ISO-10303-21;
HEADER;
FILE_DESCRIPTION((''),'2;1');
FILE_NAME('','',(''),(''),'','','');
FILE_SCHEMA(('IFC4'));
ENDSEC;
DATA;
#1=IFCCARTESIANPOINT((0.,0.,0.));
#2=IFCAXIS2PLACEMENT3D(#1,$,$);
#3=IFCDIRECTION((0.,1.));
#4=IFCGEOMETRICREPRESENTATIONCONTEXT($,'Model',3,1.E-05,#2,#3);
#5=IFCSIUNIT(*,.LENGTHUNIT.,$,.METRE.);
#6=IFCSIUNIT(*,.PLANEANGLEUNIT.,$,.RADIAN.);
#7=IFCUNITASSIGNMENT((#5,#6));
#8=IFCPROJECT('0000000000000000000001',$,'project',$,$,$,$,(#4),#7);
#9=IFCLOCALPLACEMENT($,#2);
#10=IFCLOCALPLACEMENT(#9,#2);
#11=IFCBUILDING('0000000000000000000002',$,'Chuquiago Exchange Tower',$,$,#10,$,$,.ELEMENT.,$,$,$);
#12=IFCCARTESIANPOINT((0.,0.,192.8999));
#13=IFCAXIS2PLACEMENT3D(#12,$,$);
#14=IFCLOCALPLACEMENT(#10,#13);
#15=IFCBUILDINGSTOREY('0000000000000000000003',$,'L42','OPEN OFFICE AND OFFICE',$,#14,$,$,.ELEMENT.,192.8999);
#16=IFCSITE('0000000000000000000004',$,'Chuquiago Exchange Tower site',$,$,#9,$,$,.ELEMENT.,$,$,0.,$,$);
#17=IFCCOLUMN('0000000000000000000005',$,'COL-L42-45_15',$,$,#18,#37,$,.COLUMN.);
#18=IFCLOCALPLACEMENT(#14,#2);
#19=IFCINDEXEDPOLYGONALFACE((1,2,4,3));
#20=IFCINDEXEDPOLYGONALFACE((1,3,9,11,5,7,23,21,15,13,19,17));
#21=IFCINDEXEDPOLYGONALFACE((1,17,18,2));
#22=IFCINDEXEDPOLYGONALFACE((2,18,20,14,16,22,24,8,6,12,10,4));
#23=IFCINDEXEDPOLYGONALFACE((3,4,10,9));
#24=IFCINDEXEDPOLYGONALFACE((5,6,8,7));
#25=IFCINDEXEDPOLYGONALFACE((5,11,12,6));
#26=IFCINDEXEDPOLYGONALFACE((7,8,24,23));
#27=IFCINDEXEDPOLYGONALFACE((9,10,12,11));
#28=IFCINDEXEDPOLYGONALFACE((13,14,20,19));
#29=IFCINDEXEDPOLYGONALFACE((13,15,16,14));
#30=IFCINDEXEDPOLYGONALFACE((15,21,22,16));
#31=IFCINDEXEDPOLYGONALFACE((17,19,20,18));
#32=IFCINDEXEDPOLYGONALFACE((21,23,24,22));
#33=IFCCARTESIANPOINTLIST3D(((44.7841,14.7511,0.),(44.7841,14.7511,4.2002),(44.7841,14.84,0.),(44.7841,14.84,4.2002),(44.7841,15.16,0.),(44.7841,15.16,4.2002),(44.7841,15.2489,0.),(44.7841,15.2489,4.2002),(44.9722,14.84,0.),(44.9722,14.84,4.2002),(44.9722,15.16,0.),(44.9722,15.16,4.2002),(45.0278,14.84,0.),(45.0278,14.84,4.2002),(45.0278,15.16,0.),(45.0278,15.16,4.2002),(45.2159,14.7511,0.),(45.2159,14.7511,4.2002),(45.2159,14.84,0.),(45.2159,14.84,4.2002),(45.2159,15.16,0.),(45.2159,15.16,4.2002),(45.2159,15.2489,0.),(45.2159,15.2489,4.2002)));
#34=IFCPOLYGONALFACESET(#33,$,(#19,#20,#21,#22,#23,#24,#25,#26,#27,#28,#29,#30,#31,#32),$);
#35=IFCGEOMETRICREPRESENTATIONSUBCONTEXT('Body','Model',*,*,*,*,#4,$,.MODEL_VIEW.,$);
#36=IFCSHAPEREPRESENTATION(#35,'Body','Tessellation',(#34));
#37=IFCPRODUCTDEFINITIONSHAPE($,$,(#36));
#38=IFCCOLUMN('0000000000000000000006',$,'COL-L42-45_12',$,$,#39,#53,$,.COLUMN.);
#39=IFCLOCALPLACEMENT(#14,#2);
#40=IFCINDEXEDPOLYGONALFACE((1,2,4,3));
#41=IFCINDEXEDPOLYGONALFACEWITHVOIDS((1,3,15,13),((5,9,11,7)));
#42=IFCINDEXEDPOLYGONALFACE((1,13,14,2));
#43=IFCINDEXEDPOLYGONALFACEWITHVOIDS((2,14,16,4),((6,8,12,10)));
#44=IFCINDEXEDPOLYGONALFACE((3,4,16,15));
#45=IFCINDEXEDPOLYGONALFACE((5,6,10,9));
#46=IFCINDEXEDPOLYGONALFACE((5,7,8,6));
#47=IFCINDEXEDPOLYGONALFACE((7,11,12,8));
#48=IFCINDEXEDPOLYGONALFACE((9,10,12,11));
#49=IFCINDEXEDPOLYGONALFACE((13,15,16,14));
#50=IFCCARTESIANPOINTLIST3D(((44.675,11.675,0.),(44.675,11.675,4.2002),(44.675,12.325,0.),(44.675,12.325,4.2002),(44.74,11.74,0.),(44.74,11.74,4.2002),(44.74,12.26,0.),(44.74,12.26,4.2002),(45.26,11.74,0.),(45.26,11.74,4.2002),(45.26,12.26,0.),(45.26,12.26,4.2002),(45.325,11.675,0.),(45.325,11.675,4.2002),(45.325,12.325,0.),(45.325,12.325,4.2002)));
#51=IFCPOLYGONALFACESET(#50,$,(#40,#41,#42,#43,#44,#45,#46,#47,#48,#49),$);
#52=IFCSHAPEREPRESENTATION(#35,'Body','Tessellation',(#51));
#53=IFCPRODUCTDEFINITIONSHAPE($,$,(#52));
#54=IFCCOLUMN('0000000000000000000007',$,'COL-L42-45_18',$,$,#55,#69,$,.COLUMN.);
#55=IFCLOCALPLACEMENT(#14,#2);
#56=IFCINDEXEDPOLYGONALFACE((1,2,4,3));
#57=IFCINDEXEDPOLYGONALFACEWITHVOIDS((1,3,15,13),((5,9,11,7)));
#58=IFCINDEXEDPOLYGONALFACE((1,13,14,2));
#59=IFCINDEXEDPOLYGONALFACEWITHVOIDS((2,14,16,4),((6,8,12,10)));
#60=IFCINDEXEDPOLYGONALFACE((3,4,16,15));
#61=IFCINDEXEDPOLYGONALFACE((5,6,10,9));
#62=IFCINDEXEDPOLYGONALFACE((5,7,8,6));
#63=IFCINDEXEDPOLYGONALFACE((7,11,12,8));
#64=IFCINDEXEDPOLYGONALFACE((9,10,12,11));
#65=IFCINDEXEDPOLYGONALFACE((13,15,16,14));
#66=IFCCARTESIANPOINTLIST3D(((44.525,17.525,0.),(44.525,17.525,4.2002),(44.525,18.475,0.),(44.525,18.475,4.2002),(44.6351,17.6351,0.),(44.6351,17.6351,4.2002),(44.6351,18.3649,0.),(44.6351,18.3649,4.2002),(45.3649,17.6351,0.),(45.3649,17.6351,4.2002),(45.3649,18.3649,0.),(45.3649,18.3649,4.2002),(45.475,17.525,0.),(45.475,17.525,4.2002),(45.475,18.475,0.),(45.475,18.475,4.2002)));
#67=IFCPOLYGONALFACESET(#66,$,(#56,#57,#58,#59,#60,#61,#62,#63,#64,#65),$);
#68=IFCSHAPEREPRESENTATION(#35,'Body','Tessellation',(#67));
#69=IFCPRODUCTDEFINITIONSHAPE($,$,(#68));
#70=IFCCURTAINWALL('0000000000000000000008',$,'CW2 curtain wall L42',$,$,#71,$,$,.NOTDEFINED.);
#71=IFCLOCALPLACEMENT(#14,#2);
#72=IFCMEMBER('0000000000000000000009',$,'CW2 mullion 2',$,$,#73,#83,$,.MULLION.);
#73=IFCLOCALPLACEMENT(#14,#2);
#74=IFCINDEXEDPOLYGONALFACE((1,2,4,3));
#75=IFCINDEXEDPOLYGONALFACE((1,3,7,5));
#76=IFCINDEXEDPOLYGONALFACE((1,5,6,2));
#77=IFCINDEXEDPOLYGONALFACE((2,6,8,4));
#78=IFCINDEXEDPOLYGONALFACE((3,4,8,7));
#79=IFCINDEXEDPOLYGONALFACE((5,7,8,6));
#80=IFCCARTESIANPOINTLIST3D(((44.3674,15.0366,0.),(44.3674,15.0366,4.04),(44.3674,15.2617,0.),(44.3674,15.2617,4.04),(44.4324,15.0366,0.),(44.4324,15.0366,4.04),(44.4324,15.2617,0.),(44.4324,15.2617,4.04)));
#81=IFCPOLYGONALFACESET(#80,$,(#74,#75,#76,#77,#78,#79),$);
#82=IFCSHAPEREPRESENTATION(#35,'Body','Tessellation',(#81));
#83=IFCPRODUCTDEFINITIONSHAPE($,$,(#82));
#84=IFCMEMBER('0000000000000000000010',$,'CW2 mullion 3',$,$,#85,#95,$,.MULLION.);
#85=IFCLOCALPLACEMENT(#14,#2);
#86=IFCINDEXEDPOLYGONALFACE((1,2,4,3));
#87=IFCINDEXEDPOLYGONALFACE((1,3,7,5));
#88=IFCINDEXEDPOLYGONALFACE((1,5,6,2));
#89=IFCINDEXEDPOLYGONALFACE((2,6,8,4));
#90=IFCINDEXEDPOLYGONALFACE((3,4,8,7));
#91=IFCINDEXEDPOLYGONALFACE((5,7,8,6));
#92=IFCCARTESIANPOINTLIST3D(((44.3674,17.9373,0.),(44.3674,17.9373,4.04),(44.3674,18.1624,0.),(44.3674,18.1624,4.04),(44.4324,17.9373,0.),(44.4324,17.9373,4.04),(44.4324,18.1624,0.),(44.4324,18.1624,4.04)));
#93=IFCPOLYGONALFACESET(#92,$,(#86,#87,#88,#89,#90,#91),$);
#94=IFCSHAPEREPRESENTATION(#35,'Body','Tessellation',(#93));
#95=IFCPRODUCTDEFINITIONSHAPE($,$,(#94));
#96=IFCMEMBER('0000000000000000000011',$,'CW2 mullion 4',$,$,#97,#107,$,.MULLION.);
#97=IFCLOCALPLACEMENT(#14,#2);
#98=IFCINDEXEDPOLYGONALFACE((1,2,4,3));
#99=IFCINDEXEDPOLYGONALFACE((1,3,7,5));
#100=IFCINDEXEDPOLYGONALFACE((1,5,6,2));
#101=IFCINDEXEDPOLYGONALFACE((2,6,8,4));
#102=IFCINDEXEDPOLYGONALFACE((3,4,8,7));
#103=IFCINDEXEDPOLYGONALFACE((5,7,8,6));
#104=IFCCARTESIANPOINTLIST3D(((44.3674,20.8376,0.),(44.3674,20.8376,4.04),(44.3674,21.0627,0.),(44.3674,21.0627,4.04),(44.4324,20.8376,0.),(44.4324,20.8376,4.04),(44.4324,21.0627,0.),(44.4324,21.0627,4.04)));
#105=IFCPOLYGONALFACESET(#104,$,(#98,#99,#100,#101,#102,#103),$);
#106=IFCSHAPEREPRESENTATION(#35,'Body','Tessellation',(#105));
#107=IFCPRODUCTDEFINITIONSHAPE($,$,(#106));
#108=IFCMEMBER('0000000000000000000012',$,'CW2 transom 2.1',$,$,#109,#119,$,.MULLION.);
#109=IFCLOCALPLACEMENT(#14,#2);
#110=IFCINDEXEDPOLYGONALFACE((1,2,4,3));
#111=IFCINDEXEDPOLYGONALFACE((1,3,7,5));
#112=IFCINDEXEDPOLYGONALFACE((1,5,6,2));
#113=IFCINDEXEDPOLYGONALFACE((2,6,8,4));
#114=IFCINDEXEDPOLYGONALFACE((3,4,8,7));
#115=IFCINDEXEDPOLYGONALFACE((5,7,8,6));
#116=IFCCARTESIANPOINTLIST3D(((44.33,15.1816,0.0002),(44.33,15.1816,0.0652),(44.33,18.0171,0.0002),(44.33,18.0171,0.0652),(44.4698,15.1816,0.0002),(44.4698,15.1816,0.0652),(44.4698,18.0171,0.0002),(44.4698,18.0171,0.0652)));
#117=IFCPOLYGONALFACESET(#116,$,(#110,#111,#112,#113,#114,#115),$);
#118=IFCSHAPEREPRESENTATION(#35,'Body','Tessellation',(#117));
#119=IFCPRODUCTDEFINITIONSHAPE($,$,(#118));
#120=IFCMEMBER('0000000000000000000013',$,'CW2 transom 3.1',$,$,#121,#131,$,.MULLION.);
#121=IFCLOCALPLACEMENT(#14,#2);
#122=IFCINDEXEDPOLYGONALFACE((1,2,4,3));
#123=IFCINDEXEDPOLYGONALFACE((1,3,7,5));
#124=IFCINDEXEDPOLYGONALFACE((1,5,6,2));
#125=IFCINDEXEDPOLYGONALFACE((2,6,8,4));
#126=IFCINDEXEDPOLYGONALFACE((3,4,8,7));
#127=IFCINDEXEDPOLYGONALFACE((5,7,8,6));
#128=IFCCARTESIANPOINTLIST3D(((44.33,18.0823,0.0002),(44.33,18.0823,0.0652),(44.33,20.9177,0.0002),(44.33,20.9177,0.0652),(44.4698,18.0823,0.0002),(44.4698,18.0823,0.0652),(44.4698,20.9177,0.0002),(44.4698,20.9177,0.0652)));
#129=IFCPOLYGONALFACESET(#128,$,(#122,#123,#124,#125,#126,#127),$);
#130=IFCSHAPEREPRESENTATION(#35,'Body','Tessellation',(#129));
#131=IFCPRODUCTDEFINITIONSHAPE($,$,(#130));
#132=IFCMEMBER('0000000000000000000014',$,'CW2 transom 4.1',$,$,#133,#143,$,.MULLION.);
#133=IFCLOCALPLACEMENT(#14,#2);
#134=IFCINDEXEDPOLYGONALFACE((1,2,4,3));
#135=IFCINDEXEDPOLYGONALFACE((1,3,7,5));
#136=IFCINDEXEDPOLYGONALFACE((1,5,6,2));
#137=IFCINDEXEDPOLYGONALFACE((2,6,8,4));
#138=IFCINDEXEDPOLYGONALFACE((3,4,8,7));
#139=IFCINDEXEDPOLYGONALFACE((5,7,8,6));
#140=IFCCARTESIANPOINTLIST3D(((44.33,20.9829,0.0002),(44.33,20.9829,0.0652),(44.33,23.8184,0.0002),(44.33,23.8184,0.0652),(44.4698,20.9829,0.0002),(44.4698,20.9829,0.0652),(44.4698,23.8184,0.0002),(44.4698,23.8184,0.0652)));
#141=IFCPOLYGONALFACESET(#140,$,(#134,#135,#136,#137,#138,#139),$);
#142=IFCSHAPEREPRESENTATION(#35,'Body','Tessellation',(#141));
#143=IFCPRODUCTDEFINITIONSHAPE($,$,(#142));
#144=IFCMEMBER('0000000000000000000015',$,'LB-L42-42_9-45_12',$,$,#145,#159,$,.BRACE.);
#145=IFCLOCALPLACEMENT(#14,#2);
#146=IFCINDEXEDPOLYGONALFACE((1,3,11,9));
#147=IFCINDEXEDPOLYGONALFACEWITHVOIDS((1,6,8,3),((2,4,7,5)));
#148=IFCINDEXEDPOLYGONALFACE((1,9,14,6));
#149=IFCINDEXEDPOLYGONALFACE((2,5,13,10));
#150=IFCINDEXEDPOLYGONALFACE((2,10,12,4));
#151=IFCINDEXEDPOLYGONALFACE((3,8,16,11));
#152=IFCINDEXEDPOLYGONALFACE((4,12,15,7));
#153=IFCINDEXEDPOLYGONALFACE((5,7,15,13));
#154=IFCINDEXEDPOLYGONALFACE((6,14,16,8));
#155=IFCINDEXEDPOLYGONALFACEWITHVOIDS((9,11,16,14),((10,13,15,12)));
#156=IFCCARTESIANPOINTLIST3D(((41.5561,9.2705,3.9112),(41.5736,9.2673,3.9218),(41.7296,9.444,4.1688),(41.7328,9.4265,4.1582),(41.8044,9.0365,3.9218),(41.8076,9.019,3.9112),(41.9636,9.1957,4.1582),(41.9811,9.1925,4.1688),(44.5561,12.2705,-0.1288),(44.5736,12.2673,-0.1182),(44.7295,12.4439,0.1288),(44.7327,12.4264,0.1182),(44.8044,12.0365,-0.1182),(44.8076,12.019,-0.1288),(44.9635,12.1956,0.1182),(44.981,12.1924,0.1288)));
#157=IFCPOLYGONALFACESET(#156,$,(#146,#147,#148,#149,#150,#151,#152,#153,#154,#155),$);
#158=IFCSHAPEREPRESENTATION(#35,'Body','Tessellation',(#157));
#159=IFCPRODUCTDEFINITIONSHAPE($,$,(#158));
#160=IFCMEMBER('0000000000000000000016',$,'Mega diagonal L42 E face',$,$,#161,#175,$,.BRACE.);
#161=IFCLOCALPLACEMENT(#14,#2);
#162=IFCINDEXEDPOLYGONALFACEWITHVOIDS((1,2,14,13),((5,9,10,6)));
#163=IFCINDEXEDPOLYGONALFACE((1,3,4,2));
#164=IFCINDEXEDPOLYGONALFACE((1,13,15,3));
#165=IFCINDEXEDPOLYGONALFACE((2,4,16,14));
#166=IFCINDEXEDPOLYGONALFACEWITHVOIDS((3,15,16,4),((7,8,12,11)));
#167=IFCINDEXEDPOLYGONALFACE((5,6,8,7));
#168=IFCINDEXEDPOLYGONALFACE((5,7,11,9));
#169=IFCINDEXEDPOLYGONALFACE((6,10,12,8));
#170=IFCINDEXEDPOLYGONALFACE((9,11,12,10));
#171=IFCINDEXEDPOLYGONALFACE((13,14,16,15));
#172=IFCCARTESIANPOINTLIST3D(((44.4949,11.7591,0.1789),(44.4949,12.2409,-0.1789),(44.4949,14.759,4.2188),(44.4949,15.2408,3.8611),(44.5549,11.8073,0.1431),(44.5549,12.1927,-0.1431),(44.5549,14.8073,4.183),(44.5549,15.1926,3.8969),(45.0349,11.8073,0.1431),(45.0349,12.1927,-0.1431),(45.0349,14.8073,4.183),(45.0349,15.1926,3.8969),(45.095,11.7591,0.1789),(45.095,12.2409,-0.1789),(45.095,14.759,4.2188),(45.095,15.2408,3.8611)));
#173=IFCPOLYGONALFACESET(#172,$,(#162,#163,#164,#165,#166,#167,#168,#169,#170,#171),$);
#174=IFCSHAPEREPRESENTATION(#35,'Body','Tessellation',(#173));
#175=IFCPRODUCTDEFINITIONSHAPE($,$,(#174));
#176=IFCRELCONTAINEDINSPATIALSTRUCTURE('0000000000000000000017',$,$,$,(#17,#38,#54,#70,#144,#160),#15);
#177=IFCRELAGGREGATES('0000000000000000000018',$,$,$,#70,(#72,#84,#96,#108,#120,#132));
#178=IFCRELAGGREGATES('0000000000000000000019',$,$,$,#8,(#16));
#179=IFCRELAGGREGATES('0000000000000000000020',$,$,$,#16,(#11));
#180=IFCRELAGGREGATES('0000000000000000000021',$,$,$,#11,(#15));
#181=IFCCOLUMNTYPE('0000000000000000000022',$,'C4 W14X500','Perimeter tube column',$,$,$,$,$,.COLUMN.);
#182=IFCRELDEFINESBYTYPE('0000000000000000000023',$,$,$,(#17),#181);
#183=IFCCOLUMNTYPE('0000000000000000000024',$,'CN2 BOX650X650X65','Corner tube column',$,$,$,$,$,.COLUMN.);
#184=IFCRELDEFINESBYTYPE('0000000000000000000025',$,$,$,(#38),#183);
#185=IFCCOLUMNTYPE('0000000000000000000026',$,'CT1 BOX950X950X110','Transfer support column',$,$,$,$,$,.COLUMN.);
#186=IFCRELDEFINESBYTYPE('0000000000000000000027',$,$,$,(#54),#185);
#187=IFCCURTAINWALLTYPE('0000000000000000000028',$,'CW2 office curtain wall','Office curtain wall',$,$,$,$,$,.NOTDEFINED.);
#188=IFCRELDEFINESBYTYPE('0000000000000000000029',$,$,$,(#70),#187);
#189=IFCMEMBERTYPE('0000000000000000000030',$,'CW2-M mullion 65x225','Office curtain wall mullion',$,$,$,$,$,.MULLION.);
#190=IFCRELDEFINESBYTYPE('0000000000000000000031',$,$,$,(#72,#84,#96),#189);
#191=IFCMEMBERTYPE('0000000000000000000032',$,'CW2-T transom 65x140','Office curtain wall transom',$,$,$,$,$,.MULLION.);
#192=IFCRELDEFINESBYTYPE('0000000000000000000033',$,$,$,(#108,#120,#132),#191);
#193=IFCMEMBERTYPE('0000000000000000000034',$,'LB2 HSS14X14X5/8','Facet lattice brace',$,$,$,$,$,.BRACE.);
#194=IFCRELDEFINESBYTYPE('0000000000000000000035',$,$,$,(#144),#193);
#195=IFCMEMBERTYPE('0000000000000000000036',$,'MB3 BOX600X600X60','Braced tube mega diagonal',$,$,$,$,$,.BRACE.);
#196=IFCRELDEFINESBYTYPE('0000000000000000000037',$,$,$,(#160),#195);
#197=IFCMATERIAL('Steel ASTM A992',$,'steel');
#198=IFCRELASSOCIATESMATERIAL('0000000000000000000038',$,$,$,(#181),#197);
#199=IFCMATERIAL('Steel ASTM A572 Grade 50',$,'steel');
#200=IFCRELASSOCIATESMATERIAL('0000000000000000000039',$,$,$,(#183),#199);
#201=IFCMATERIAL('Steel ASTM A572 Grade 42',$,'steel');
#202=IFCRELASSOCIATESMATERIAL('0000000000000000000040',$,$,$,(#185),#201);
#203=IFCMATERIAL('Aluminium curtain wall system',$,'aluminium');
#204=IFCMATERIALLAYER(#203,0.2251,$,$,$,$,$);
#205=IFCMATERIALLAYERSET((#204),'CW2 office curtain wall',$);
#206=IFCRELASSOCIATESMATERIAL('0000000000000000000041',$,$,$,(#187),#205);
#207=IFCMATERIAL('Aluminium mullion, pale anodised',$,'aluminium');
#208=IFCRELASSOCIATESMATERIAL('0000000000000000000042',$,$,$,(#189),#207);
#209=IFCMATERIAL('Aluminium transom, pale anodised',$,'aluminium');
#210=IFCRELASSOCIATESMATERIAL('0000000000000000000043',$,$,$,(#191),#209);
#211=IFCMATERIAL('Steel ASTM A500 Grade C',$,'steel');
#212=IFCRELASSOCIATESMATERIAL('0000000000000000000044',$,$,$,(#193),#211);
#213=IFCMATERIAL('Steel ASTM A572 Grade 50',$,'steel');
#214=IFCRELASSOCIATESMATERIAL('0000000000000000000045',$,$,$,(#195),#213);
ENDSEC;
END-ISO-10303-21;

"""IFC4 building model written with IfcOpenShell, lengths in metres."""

from ifc_helpers import new_model, si_unit, direction, frame, origin, origin_2d, place, context, subcontext, project, spatial, rectangle, hollow_rectangle, i_section, extrude, material, layer, layer_set, material_profile, profile_set, type_object, element, aggregate, save


model = new_model("IFC4")

# Units and contexts
model_context = context("Model", 3, precision=1e-05, world=origin(), true_north=direction((0.0, 1.0)))
body_context = subcontext(model_context, "Body", "Model", "MODEL_VIEW")
ifc_project = project(units=[si_unit("LENGTHUNIT", "METRE"), si_unit("PLANEANGLEUNIT", "RADIAN")], contexts=[model_context])

# Site, building, storey
site_placement = place(None, origin())
site = spatial("IfcSite", under=ifc_project, at=site_placement, Name="Chuquiago Exchange Tower site", CompositionType="ELEMENT", RefElevation=0.0)
building_placement = place(site_placement, origin())
building = spatial("IfcBuilding", under=site, at=building_placement, Name="Chuquiago Exchange Tower", CompositionType="ELEMENT")
storey_placement = place(building_placement, frame((0.0, 0.0, 192.8999)))
storey = spatial("IfcBuildingStorey", under=building, at=storey_placement, Name="L42", Description="OPEN OFFICE AND OFFICE", CompositionType="ELEMENT", Elevation=192.8999)

# Columns
ifc_material_1 = material(Name="Steel ASTM A992", Category="steel")
ifc_material_profile_1 = material_profile(ifc_material_1, i_section(OverallWidth=0.4319, OverallDepth=0.4978, WebThickness=0.0557, FlangeThickness=0.0889, at=origin_2d()), Name="W14X500")
ifc_profile_set_1 = profile_set([ifc_material_profile_1], Name="Steel ASTM A992")
column_type_1 = type_object("IfcColumnType", Name="C4 W14X500", Description="Perimeter tube column", PredefinedType="COLUMN", material=ifc_profile_set_1)
column_1_placement = place(storey_placement, frame((45.0, 15.0, 0.0), z_axis=(0.0, 0.0, 1.0), x_axis=(1.0, 0.0, 0.0)))
element("IfcColumn", 1, at=column_1_placement, inside=storey, type_object=column_type_1, Name="COL-L42-45_15", PredefinedType="COLUMN", context=body_context, shape_type="SweptSolid", body=[
    extrude(i_section(OverallWidth=0.4319, OverallDepth=0.4978, WebThickness=0.0557, FlangeThickness=0.0889, at=origin_2d()), origin(), (0.0, 0.0, 1.0), 4.2002),
])
ifc_material_2 = material(Name="Steel ASTM A572 Grade 50", Category="steel")
ifc_material_profile_2 = material_profile(ifc_material_2, hollow_rectangle(XDim=0.6499, YDim=0.6499, WallThickness=0.0649, at=origin_2d()), Name="BOX650X650X65")
ifc_profile_set_2 = profile_set([ifc_material_profile_2], Name="Steel ASTM A572 Grade 50")
column_type_2 = type_object("IfcColumnType", Name="CN2 BOX650X650X65", Description="Corner tube column", PredefinedType="COLUMN", material=ifc_profile_set_2)
column_2_placement = place(storey_placement, frame((45.0, 12.0, 0.0), z_axis=(0.0, 0.0, 1.0), x_axis=(1.0, 0.0, 0.0)))
element("IfcColumn", 2, at=column_2_placement, inside=storey, type_object=column_type_2, Name="COL-L42-45_12", PredefinedType="COLUMN", context=body_context, shape_type="SweptSolid", body=[
    extrude(hollow_rectangle(XDim=0.6499, YDim=0.6499, WallThickness=0.0649, at=origin_2d()), origin(), (0.0, 0.0, 1.0), 4.2002),
])
ifc_material_3 = material(Name="Steel ASTM A572 Grade 42", Category="steel")
ifc_material_profile_3 = material_profile(ifc_material_3, hollow_rectangle(XDim=0.95, YDim=0.95, WallThickness=0.1101, at=origin_2d()), Name="BOX950X950X110")
ifc_profile_set_3 = profile_set([ifc_material_profile_3], Name="Steel ASTM A572 Grade 42")
column_type_3 = type_object("IfcColumnType", Name="CT1 BOX950X950X110", Description="Transfer support column", PredefinedType="COLUMN", material=ifc_profile_set_3)
column_3_placement = place(storey_placement, frame((45.0, 18.0, 0.0), z_axis=(0.0, 0.0, 1.0), x_axis=(1.0, 0.0, 0.0)))
element("IfcColumn", 3, at=column_3_placement, inside=storey, type_object=column_type_3, Name="COL-L42-45_18", PredefinedType="COLUMN", context=body_context, shape_type="SweptSolid", body=[
    extrude(hollow_rectangle(XDim=0.95, YDim=0.95, WallThickness=0.1101, at=origin_2d()), origin(), (0.0, 0.0, 1.0), 4.2002),
])

# Curtain wall, members
ifc_material_4 = material(Name="Aluminium curtain wall system", Category="aluminium")
ifc_layer_1 = layer(ifc_material_4, 0.2251)
ifc_layer_set_1 = layer_set([ifc_layer_1], Name="CW2 office curtain wall")
curtain_wall_type = type_object("IfcCurtainWallType", Name="CW2 office curtain wall", Description="Office curtain wall", PredefinedType="NOTDEFINED", material=ifc_layer_set_1)
curtain_wall_placement = place(storey_placement, origin())
curtain_wall = element("IfcCurtainWall", 4, at=curtain_wall_placement, inside=storey, type_object=curtain_wall_type, Name="CW2 curtain wall L42", PredefinedType="NOTDEFINED")
ifc_material_5 = material(Name="Aluminium mullion, pale anodised", Category="aluminium")
ifc_material_profile_4 = material_profile(ifc_material_5, rectangle(XDim=0.0649, YDim=0.2251, at=origin_2d()), Name="AL 65x225")
ifc_profile_set_4 = profile_set([ifc_material_profile_4], Name="Aluminium mullion, pale anodised")
member_type_1 = type_object("IfcMemberType", Name="CW2-M mullion 65x225", Description="Office curtain wall mullion", PredefinedType="MULLION", material=ifc_profile_set_4)
member_1_placement = place(storey_placement, frame((44.3999, 15.1492, 0.0), z_axis=(0.0, 0.0, 1.0), x_axis=(-1.0, 0.0, 0.0)))
member_1 = element("IfcMember", 5, at=member_1_placement, type_object=member_type_1, Name="CW2 mullion 2", PredefinedType="MULLION", context=body_context, shape_type="SweptSolid", body=[
    extrude(rectangle(XDim=0.0649, YDim=0.2251, at=origin_2d()), origin(), (0.0, 0.0, 1.0), 4.04),
])
member_2_placement = place(storey_placement, frame((44.3999, 18.0498, 0.0), z_axis=(0.0, 0.0, 1.0), x_axis=(-1.0, 0.0, 0.0)))
member_2 = element("IfcMember", 6, at=member_2_placement, type_object=member_type_1, Name="CW2 mullion 3", PredefinedType="MULLION", context=body_context, shape_type="SweptSolid", body=[
    extrude(rectangle(XDim=0.0649, YDim=0.2251, at=origin_2d()), origin(), (0.0, 0.0, 1.0), 4.04),
])
member_3_placement = place(storey_placement, frame((44.3999, 20.9502, 0.0), z_axis=(0.0, 0.0, 1.0), x_axis=(-1.0, 0.0, 0.0)))
member_3 = element("IfcMember", 7, at=member_3_placement, type_object=member_type_1, Name="CW2 mullion 4", PredefinedType="MULLION", context=body_context, shape_type="SweptSolid", body=[
    extrude(rectangle(XDim=0.0649, YDim=0.2251, at=origin_2d()), origin(), (0.0, 0.0, 1.0), 4.04),
])
ifc_material_6 = material(Name="Aluminium transom, pale anodised", Category="aluminium")
ifc_material_profile_5 = material_profile(ifc_material_6, rectangle(XDim=0.1399, YDim=0.0649, at=origin_2d()), Name="AL 140x65")
ifc_profile_set_5 = profile_set([ifc_material_profile_5], Name="Aluminium transom, pale anodised")
member_type_2 = type_object("IfcMemberType", Name="CW2-T transom 65x140", Description="Office curtain wall transom", PredefinedType="MULLION", material=ifc_profile_set_5)
member_4_placement = place(storey_placement, frame((44.3999, 15.1816, 0.0327), z_axis=(0.0, 1.0, 0.0), x_axis=(-1.0, 0.0, 0.0)))
member_4 = element("IfcMember", 8, at=member_4_placement, type_object=member_type_2, Name="CW2 transom 2.1", PredefinedType="MULLION", context=body_context, shape_type="SweptSolid", body=[
    extrude(rectangle(XDim=0.1399, YDim=0.0649, at=origin_2d()), origin(), (0.0, 0.0, 1.0), 2.8354),
])
member_5_placement = place(storey_placement, frame((44.3999, 18.0823, 0.0327), z_axis=(0.0, 1.0, 0.0), x_axis=(-1.0, 0.0, 0.0)))
member_5 = element("IfcMember", 9, at=member_5_placement, type_object=member_type_2, Name="CW2 transom 3.1", PredefinedType="MULLION", context=body_context, shape_type="SweptSolid", body=[
    extrude(rectangle(XDim=0.1399, YDim=0.0649, at=origin_2d()), origin(), (0.0, 0.0, 1.0), 2.8354),
])
member_6_placement = place(storey_placement, frame((44.3999, 20.9829, 0.0327), z_axis=(0.0, 1.0, 0.0), x_axis=(-1.0, 0.0, 0.0)))
member_6 = element("IfcMember", 10, at=member_6_placement, type_object=member_type_2, Name="CW2 transom 4.1", PredefinedType="MULLION", context=body_context, shape_type="SweptSolid", body=[
    extrude(rectangle(XDim=0.1399, YDim=0.0649, at=origin_2d()), origin(), (0.0, 0.0, 1.0), 2.8354),
])

# Members
ifc_material_7 = material(Name="Steel ASTM A500 Grade C", Category="steel")
ifc_material_profile_6 = material_profile(ifc_material_7, hollow_rectangle(XDim=0.3557, YDim=0.3557, WallThickness=0.0146, at=origin_2d()), Name="HSS14X14X5/8")
ifc_profile_set_6 = profile_set([ifc_material_profile_6], Name="Steel ASTM A500 Grade C")
member_type_3 = type_object("IfcMemberType", Name="LB2 HSS14X14X5/8", Description="Facet lattice brace", PredefinedType="BRACE", material=ifc_profile_set_6)
member_7_placement = place(storey_placement, frame((44.7686, 12.2314, 0.0), z_axis=(-0.512077, -0.512077, 0.689604), x_axis=(0.707107, -0.707107, 0.0)))
element("IfcMember", 11, at=member_7_placement, inside=storey, type_object=member_type_3, Name="LB-L42-42_9-45_12", PredefinedType="BRACE", context=body_context, shape_type="SweptSolid", body=[
    extrude(hollow_rectangle(XDim=0.3557, YDim=0.3557, WallThickness=0.0146, at=origin_2d()), origin(), (0.0, 0.0, 1.0), 5.8584),
])
ifc_material_8 = material(Name="Steel ASTM A572 Grade 50", Category="steel")
ifc_material_profile_7 = material_profile(ifc_material_8, hollow_rectangle(XDim=0.6001, YDim=0.6001, WallThickness=0.0601, at=origin_2d()), Name="BOX600X600X60")
ifc_profile_set_7 = profile_set([ifc_material_profile_7], Name="Steel ASTM A572 Grade 50")
member_type_4 = type_object("IfcMemberType", Name="MB3 BOX600X600X60", Description="Braced tube mega diagonal", PredefinedType="BRACE", material=ifc_profile_set_7)
for number, where, z_axis, x_axis, name in (
    (12, (44.7949, 12.0, 0.0), (0.0, 0.596174, 0.802855), (-1.0, 0.0, 0.0), "Mega diagonal L42 E face"),
):
    element("IfcMember", number, at=place(storey_placement, frame(where, z_axis=z_axis, x_axis=x_axis)), inside=storey, type_object=member_type_4, Name=name, PredefinedType="BRACE", context=body_context, shape_type="SweptSolid", body=[
        extrude(hollow_rectangle(XDim=0.6001, YDim=0.6001, WallThickness=0.0601, at=origin_2d()), origin(), (0.0, 0.0, 1.0), 5.032),
    ])

aggregate(curtain_wall, [member_1, member_2, member_3, member_4, member_5, member_6])

save(model, "model.ifc")
